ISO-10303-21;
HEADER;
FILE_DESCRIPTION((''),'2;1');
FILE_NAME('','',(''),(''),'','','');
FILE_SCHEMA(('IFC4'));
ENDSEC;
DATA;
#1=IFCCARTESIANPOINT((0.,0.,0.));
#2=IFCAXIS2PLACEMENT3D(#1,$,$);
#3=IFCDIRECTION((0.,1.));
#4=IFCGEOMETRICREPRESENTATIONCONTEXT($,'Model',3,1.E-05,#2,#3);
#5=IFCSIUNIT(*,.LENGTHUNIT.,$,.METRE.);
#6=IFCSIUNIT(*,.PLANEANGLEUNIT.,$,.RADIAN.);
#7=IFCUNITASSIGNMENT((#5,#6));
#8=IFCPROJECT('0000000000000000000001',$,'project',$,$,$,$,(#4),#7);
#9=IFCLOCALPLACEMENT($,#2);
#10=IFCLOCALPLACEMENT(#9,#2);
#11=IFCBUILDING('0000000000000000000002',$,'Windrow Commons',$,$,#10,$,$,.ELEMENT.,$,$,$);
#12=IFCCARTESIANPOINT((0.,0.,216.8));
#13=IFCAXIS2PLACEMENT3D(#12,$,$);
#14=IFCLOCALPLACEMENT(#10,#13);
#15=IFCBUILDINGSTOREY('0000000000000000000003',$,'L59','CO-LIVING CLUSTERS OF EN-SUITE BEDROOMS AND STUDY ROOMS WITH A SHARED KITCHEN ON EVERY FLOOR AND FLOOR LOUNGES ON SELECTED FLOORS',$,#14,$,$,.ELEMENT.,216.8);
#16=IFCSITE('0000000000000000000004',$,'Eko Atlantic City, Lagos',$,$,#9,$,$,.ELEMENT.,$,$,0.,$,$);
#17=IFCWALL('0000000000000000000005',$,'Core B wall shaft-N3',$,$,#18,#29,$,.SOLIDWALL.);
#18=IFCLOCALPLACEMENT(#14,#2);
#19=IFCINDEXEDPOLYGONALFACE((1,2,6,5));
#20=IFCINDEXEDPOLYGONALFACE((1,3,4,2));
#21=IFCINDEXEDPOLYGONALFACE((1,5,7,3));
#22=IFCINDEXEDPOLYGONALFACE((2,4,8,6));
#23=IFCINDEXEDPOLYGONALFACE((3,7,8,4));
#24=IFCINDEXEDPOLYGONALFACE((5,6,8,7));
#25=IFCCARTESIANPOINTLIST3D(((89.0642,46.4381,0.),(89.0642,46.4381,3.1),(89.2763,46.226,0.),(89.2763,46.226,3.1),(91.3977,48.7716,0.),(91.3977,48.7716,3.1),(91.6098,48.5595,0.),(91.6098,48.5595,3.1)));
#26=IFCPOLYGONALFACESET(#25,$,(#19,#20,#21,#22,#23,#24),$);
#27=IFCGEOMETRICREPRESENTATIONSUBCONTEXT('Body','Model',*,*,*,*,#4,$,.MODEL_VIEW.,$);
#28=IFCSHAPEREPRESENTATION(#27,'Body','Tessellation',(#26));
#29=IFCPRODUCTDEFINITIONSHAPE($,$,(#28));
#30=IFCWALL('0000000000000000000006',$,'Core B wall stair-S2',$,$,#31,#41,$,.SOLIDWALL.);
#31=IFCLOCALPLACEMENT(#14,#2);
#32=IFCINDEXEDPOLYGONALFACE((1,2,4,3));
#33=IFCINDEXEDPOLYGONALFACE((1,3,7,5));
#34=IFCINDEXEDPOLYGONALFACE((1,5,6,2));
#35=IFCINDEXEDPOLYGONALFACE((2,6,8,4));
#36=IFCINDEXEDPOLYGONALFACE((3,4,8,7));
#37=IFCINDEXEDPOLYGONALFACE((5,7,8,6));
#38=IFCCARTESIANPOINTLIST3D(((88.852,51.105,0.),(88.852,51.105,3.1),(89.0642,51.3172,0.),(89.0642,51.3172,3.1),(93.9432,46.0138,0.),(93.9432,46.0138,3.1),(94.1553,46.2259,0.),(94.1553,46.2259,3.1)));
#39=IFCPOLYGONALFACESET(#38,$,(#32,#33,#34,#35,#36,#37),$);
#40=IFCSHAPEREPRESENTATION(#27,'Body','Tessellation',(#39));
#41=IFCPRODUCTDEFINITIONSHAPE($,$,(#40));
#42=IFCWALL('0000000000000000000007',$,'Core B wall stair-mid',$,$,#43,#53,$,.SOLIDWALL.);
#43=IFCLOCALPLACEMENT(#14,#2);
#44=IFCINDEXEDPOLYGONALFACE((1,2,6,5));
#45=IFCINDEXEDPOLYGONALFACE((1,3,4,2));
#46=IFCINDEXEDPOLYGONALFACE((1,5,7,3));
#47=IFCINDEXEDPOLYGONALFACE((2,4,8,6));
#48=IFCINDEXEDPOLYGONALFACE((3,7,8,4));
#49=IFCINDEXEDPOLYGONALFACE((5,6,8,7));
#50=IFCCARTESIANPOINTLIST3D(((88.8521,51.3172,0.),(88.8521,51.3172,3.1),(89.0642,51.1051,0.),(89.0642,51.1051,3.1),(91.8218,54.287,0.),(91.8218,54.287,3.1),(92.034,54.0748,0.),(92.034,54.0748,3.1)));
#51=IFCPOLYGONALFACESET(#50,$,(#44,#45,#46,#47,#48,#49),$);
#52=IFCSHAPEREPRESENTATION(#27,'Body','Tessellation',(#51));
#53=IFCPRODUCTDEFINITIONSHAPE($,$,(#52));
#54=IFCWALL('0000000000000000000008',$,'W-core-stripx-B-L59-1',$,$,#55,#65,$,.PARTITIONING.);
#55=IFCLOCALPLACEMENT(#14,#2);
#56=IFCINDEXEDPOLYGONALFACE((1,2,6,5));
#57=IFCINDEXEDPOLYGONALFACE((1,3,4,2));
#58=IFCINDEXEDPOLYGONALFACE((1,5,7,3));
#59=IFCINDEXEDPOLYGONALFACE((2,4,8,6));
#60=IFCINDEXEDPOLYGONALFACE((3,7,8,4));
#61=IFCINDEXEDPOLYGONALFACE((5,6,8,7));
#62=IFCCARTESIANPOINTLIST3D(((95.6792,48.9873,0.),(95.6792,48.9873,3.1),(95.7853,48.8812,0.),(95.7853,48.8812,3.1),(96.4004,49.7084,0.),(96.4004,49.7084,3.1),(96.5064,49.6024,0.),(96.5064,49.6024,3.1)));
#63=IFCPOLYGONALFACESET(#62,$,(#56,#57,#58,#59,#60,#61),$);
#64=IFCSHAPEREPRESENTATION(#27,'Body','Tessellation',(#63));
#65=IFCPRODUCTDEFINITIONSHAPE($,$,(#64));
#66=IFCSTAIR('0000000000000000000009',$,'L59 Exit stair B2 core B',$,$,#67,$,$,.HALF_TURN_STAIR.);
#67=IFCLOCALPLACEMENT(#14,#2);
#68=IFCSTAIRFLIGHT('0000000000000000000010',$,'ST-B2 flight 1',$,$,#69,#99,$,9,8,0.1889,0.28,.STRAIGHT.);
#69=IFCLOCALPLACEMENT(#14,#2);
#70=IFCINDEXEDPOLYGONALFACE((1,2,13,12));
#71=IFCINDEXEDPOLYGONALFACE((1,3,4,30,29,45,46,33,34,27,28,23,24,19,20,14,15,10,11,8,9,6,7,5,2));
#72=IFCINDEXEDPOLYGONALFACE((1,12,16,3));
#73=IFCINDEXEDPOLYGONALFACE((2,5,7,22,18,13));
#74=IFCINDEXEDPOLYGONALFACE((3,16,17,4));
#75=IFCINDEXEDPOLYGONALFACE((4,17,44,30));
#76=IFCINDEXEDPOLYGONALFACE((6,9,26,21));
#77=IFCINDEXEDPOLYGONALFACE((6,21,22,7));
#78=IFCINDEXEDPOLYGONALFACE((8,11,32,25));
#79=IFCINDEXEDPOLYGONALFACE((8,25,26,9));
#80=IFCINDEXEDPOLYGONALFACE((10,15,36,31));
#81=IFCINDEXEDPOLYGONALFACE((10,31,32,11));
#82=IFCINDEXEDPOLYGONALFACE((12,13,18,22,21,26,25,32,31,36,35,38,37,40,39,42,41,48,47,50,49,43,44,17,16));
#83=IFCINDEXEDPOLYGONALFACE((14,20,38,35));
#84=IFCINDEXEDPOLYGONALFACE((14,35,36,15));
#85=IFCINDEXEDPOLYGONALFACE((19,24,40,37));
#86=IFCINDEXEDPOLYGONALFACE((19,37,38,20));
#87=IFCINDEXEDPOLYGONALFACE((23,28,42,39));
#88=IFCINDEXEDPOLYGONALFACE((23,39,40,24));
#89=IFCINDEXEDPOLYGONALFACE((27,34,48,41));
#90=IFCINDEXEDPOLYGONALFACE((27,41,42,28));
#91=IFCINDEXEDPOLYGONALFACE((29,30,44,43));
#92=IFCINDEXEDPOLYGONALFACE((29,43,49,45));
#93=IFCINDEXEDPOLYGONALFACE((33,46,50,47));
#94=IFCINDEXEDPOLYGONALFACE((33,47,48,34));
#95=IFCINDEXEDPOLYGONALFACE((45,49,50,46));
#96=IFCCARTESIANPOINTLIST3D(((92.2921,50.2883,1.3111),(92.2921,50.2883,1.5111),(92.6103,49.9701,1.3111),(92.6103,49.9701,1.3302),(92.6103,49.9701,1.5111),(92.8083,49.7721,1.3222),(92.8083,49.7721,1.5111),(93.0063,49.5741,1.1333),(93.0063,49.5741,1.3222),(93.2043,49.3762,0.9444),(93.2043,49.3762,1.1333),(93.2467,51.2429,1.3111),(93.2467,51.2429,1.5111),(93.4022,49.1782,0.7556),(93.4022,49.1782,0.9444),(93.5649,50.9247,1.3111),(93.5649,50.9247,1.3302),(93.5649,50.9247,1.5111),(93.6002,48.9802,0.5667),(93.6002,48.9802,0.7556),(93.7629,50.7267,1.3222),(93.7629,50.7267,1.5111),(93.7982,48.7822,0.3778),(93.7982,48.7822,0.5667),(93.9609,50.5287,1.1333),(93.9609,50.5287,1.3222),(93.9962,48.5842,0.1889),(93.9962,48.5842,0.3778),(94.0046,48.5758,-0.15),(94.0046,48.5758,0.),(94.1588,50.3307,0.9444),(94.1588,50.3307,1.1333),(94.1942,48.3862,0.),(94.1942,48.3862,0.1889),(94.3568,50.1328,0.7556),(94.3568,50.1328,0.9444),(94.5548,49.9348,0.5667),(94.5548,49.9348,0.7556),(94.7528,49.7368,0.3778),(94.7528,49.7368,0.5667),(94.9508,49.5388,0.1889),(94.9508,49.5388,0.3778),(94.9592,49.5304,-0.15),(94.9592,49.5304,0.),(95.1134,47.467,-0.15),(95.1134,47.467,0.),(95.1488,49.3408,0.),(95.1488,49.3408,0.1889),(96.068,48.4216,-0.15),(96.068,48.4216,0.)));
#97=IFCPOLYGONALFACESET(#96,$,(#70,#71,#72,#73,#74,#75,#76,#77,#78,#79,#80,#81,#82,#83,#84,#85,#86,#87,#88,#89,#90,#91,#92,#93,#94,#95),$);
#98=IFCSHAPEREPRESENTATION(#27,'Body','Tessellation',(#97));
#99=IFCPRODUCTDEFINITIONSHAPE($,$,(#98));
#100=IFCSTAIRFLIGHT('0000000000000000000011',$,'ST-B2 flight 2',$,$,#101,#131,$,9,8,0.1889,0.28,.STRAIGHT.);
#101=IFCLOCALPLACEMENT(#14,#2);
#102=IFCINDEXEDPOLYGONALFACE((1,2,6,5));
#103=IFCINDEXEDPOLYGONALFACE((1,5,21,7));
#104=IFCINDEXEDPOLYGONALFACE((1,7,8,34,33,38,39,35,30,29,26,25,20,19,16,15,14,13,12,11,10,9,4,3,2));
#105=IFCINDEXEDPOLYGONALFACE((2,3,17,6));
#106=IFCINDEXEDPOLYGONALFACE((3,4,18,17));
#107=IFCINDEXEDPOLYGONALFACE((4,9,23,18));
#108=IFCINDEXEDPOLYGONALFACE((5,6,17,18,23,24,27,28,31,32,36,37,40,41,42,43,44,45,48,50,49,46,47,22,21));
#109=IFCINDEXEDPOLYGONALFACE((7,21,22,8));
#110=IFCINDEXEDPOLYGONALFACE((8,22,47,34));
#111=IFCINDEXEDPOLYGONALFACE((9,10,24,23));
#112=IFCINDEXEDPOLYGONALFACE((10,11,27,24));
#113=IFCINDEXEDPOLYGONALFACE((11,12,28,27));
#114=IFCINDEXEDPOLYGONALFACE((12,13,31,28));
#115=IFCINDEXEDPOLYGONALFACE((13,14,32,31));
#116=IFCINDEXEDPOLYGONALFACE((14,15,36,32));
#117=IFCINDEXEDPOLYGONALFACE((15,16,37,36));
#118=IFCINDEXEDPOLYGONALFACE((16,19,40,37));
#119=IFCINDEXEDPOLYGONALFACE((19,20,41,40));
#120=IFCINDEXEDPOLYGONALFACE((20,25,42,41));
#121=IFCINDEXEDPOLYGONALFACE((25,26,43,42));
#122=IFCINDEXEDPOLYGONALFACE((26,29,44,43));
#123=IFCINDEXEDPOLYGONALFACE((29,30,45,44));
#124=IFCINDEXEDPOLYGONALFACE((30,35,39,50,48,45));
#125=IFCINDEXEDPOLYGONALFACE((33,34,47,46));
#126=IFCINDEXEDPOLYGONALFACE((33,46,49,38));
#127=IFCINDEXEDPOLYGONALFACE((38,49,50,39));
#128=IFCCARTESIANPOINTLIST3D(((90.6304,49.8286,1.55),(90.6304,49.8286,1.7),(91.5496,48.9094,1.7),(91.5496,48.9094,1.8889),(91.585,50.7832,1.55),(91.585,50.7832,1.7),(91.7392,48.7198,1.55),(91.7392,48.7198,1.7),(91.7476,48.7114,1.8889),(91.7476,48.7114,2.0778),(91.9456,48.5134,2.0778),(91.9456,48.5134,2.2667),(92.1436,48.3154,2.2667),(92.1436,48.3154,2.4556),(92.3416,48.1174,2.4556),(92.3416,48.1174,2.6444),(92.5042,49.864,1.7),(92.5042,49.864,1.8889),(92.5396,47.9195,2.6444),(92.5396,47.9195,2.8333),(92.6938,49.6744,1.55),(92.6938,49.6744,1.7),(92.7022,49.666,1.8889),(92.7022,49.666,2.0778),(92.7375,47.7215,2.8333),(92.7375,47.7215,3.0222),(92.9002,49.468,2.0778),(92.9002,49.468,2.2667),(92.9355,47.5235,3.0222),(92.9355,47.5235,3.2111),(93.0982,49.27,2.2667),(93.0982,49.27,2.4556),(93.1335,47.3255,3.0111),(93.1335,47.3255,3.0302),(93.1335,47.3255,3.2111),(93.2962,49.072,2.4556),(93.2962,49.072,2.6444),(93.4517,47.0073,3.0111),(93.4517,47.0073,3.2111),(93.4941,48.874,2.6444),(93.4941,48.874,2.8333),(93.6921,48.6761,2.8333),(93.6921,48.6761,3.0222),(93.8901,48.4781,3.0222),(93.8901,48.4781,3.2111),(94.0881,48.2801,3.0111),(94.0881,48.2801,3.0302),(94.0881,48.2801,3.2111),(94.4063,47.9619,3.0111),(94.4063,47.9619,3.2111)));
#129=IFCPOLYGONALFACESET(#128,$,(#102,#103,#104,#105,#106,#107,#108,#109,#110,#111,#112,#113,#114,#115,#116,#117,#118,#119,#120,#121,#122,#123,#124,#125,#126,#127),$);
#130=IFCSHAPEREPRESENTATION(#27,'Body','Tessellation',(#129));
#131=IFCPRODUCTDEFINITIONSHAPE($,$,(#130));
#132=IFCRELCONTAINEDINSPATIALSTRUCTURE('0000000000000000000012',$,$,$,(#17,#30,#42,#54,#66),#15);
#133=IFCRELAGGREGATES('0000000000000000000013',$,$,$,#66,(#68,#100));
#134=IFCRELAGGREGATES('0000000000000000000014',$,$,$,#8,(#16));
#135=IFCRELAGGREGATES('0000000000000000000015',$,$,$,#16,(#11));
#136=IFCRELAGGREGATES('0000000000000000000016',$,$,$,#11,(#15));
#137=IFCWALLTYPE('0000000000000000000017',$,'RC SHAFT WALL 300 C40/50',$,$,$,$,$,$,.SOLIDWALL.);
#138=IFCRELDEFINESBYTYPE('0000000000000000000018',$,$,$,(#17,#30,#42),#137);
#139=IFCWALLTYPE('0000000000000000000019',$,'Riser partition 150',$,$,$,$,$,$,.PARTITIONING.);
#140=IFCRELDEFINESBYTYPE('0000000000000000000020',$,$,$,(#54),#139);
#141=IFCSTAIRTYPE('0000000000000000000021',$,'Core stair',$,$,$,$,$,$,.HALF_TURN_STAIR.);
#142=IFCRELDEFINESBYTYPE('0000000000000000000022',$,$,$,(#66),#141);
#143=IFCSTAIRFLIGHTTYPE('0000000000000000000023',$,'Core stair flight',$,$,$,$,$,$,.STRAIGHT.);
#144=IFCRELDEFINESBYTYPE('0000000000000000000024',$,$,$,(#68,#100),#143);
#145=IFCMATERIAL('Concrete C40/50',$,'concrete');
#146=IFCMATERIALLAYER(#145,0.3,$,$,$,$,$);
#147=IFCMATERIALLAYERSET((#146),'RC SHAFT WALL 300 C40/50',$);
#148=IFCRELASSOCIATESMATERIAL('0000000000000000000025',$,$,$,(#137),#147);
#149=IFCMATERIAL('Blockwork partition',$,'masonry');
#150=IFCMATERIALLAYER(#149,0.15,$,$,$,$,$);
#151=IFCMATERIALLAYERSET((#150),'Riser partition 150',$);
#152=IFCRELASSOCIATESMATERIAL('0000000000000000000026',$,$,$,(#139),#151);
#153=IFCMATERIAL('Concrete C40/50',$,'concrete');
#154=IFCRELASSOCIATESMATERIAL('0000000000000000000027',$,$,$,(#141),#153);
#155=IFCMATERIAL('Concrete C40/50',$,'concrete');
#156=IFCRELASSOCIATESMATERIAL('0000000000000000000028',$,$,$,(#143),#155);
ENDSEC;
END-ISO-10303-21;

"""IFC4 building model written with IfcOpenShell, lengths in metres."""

from ifc_helpers import new_model, si_unit, direction, frame, frame_2d, origin, place, context, subcontext, project, spatial, polyline, rectangle, outline, extrude, material, layer, layer_set, type_object, element, aggregate, save


model = new_model("IFC4")

# Units and contexts
model_context = context("Model", 3, precision=1e-05, world=origin(), true_north=direction((0.0, 1.0)))
body_context = subcontext(model_context, "Body", "Model", "MODEL_VIEW")
ifc_project = project(units=[si_unit("LENGTHUNIT", "METRE"), si_unit("PLANEANGLEUNIT", "RADIAN")], contexts=[model_context])

# Site, building, storey
site_placement = place(None, origin())
site = spatial("IfcSite", under=ifc_project, at=site_placement, Name="Eko Atlantic City, Lagos", CompositionType="ELEMENT", RefElevation=0.0)
building_placement = place(site_placement, origin())
building = spatial("IfcBuilding", under=site, at=building_placement, Name="Windrow Commons", CompositionType="ELEMENT")
storey_placement = place(building_placement, frame((0.0, 0.0, 216.8)))
storey = spatial("IfcBuildingStorey", under=building, at=storey_placement, Name="L59", Description="CO-LIVING CLUSTERS OF EN-SUITE BEDROOMS AND STUDY ROOMS WITH A SHARED KITCHEN ON EVERY FLOOR AND FLOOR LOUNGES ON SELECTED FLOORS", CompositionType="ELEMENT", Elevation=216.8)

# Walls
ifc_material_1 = material(Name="Concrete C40/50", Category="concrete")
ifc_layer_1 = layer(ifc_material_1, 0.3)
ifc_layer_set_1 = layer_set([ifc_layer_1], Name="RC SHAFT WALL 300 C40/50")
wall_type_1 = type_object("IfcWallType", Name="RC SHAFT WALL 300 C40/50", PredefinedType="SOLIDWALL", material=ifc_layer_set_1)
for number, where, z_axis, x_axis, name in (
    (1, (89.1702, 46.332, 0.0), (0.0, 0.0, 1.0), (0.707107, 0.707107, 0.0), "Core B wall shaft-N3"),
):
    element("IfcWall", number, at=place(storey_placement, frame(where, z_axis=z_axis, x_axis=x_axis)), inside=storey, type_object=wall_type_1, Name=name, PredefinedType="SOLIDWALL", context=body_context, shape_type="SweptSolid", body=[
        extrude(rectangle(XDim=3.3001, YDim=0.3, at=frame_2d((1.6501, 0.0))), origin(), (0.0, 0.0, 1.0), 3.1),
    ])
wall_1_placement = place(storey_placement, frame((88.9581, 51.2111, 0.0), z_axis=(0.0, 0.0, 1.0), x_axis=(0.7071, -0.707114, 0.0)))
element("IfcWall", 2, at=wall_1_placement, inside=storey, type_object=wall_type_1, Name="Core B wall stair-S2", PredefinedType="SOLIDWALL", context=body_context, shape_type="SweptSolid", body=[
    extrude(rectangle(XDim=7.2, YDim=0.3, at=frame_2d((3.6, 0.0))), origin(), (0.0, 0.0, 1.0), 3.1),
])
wall_2_placement = place(storey_placement, frame((88.9581, 51.2111, 0.0), z_axis=(0.0, 0.0, 1.0), x_axis=(0.707107, 0.707107, 0.0)))
element("IfcWall", 3, at=wall_2_placement, inside=storey, type_object=wall_type_1, Name="Core B wall stair-mid", PredefinedType="SOLIDWALL", context=body_context, shape_type="SweptSolid", body=[
    extrude(rectangle(XDim=4.1999, YDim=0.3, at=frame_2d((2.1, 0.0))), origin(), (0.0, 0.0, 1.0), 3.1),
])
ifc_material_2 = material(Name="Blockwork partition", Category="masonry")
ifc_layer_2 = layer(ifc_material_2, 0.15)
ifc_layer_set_2 = layer_set([ifc_layer_2], Name="Riser partition 150")
wall_type_2 = type_object("IfcWallType", Name="Riser partition 150", PredefinedType="PARTITIONING", material=ifc_layer_set_2)
wall_3_placement = place(storey_placement, frame((95.7322, 48.9342, 0.0), z_axis=(0.0, 0.0, 1.0), x_axis=(0.707107, 0.707107, 0.0)))
element("IfcWall", 4, at=wall_3_placement, inside=storey, type_object=wall_type_2, Name="W-core-stripx-B-L59-1", PredefinedType="PARTITIONING", context=body_context, shape_type="SweptSolid", body=[
    extrude(rectangle(XDim=1.0199, YDim=0.15, at=frame_2d((0.51, 0.0))), origin(), (0.0, 0.0, 1.0), 3.1),
])

# Stair, stair flights
ifc_material_3 = material(Name="Concrete C40/50", Category="concrete")
stair_type = type_object("IfcStairType", Name="Core stair", PredefinedType="HALF_TURN_STAIR", material=ifc_material_3)
stair_placement = place(storey_placement, origin())
stair = element("IfcStair", 5, at=stair_placement, inside=storey, type_object=stair_type, Name="L59 Exit stair B2 core B", PredefinedType="HALF_TURN_STAIR")
ifc_material_4 = material(Name="Concrete C40/50", Category="concrete")
stair_flight_type = type_object("IfcStairFlightType", Name="Core stair flight", PredefinedType="STRAIGHT", material=ifc_material_4)
stair_flight_1_placement = place(storey_placement, frame((94.6715, 48.8635, 0.0), z_axis=(0.0, 0.0, 1.0), x_axis=(-0.707107, 0.707107, 0.0)))
stair_flight_1 = element("IfcStairFlight", 6, at=stair_flight_1_placement, type_object=stair_flight_type, Name="ST-B2 flight 1", NumberOfRisers=9, NumberOfTreads=8, PredefinedType="STRAIGHT", RiserHeight=0.1889, TreadLength=0.28, context=body_context, shape_type="SweptSolid", body=[
    extrude(outline(polyline([(-1.3, -0.15), (-1.3, 0.0), (0.0, 0.0), (0.0, 0.1889), (0.28, 0.1889), (0.28, 0.3778), (0.56, 0.3778), (0.56, 0.5667), (0.84, 0.5667), (0.84, 0.7556), (1.12, 0.7556), (1.12, 0.9444), (1.4, 0.9444), (1.4, 1.1333), (1.68, 1.1333), (1.68, 1.3222), (1.96, 1.3222), (1.96, 1.5111), (2.24, 1.5111), (2.69, 1.5111), (2.69, 1.3111), (2.24, 1.3111), (2.24, 1.3302), (0.2682, 0.0), (0.2682, -0.15), (-1.3, -0.15)])), frame((0.0, 0.675, 0.0), z_axis=(0.0, -1.0, 0.0), x_axis=(1.0, 0.0, 0.0)), (0.0, 0.0, 1.0), 1.35),
])
stair_flight_2_placement = place(storey_placement, frame((92.0269, 49.3867, 1.7), z_axis=(0.0, 0.0, 1.0), x_axis=(0.707107, -0.707107, 0.0)))
stair_flight_2 = element("IfcStairFlight", 7, at=stair_flight_2_placement, type_object=stair_flight_type, Name="ST-B2 flight 2", NumberOfRisers=9, NumberOfTreads=8, PredefinedType="STRAIGHT", RiserHeight=0.1889, TreadLength=0.28, context=body_context, shape_type="SweptSolid", body=[
    extrude(outline(polyline([(-1.3, -0.15), (-1.3, 0.0), (0.0, 0.0), (0.0, 0.1889), (0.28, 0.1889), (0.28, 0.3778), (0.56, 0.3778), (0.56, 0.5667), (0.84, 0.5667), (0.84, 0.7556), (1.12, 0.7556), (1.12, 0.9444), (1.4, 0.9444), (1.4, 1.1333), (1.68, 1.1333), (1.68, 1.3222), (1.96, 1.3222), (1.96, 1.5111), (2.24, 1.5111), (2.69, 1.5111), (2.69, 1.3111), (2.24, 1.3111), (2.24, 1.3302), (0.2682, 0.0), (0.2682, -0.15), (-1.3, -0.15)])), frame((0.0, 0.675, 0.0), z_axis=(0.0, -1.0, 0.0), x_axis=(1.0, 0.0, 0.0)), (0.0, 0.0, 1.0), 1.35),
])
aggregate(stair, [stair_flight_1, stair_flight_2])

save(model, "model.ifc")
